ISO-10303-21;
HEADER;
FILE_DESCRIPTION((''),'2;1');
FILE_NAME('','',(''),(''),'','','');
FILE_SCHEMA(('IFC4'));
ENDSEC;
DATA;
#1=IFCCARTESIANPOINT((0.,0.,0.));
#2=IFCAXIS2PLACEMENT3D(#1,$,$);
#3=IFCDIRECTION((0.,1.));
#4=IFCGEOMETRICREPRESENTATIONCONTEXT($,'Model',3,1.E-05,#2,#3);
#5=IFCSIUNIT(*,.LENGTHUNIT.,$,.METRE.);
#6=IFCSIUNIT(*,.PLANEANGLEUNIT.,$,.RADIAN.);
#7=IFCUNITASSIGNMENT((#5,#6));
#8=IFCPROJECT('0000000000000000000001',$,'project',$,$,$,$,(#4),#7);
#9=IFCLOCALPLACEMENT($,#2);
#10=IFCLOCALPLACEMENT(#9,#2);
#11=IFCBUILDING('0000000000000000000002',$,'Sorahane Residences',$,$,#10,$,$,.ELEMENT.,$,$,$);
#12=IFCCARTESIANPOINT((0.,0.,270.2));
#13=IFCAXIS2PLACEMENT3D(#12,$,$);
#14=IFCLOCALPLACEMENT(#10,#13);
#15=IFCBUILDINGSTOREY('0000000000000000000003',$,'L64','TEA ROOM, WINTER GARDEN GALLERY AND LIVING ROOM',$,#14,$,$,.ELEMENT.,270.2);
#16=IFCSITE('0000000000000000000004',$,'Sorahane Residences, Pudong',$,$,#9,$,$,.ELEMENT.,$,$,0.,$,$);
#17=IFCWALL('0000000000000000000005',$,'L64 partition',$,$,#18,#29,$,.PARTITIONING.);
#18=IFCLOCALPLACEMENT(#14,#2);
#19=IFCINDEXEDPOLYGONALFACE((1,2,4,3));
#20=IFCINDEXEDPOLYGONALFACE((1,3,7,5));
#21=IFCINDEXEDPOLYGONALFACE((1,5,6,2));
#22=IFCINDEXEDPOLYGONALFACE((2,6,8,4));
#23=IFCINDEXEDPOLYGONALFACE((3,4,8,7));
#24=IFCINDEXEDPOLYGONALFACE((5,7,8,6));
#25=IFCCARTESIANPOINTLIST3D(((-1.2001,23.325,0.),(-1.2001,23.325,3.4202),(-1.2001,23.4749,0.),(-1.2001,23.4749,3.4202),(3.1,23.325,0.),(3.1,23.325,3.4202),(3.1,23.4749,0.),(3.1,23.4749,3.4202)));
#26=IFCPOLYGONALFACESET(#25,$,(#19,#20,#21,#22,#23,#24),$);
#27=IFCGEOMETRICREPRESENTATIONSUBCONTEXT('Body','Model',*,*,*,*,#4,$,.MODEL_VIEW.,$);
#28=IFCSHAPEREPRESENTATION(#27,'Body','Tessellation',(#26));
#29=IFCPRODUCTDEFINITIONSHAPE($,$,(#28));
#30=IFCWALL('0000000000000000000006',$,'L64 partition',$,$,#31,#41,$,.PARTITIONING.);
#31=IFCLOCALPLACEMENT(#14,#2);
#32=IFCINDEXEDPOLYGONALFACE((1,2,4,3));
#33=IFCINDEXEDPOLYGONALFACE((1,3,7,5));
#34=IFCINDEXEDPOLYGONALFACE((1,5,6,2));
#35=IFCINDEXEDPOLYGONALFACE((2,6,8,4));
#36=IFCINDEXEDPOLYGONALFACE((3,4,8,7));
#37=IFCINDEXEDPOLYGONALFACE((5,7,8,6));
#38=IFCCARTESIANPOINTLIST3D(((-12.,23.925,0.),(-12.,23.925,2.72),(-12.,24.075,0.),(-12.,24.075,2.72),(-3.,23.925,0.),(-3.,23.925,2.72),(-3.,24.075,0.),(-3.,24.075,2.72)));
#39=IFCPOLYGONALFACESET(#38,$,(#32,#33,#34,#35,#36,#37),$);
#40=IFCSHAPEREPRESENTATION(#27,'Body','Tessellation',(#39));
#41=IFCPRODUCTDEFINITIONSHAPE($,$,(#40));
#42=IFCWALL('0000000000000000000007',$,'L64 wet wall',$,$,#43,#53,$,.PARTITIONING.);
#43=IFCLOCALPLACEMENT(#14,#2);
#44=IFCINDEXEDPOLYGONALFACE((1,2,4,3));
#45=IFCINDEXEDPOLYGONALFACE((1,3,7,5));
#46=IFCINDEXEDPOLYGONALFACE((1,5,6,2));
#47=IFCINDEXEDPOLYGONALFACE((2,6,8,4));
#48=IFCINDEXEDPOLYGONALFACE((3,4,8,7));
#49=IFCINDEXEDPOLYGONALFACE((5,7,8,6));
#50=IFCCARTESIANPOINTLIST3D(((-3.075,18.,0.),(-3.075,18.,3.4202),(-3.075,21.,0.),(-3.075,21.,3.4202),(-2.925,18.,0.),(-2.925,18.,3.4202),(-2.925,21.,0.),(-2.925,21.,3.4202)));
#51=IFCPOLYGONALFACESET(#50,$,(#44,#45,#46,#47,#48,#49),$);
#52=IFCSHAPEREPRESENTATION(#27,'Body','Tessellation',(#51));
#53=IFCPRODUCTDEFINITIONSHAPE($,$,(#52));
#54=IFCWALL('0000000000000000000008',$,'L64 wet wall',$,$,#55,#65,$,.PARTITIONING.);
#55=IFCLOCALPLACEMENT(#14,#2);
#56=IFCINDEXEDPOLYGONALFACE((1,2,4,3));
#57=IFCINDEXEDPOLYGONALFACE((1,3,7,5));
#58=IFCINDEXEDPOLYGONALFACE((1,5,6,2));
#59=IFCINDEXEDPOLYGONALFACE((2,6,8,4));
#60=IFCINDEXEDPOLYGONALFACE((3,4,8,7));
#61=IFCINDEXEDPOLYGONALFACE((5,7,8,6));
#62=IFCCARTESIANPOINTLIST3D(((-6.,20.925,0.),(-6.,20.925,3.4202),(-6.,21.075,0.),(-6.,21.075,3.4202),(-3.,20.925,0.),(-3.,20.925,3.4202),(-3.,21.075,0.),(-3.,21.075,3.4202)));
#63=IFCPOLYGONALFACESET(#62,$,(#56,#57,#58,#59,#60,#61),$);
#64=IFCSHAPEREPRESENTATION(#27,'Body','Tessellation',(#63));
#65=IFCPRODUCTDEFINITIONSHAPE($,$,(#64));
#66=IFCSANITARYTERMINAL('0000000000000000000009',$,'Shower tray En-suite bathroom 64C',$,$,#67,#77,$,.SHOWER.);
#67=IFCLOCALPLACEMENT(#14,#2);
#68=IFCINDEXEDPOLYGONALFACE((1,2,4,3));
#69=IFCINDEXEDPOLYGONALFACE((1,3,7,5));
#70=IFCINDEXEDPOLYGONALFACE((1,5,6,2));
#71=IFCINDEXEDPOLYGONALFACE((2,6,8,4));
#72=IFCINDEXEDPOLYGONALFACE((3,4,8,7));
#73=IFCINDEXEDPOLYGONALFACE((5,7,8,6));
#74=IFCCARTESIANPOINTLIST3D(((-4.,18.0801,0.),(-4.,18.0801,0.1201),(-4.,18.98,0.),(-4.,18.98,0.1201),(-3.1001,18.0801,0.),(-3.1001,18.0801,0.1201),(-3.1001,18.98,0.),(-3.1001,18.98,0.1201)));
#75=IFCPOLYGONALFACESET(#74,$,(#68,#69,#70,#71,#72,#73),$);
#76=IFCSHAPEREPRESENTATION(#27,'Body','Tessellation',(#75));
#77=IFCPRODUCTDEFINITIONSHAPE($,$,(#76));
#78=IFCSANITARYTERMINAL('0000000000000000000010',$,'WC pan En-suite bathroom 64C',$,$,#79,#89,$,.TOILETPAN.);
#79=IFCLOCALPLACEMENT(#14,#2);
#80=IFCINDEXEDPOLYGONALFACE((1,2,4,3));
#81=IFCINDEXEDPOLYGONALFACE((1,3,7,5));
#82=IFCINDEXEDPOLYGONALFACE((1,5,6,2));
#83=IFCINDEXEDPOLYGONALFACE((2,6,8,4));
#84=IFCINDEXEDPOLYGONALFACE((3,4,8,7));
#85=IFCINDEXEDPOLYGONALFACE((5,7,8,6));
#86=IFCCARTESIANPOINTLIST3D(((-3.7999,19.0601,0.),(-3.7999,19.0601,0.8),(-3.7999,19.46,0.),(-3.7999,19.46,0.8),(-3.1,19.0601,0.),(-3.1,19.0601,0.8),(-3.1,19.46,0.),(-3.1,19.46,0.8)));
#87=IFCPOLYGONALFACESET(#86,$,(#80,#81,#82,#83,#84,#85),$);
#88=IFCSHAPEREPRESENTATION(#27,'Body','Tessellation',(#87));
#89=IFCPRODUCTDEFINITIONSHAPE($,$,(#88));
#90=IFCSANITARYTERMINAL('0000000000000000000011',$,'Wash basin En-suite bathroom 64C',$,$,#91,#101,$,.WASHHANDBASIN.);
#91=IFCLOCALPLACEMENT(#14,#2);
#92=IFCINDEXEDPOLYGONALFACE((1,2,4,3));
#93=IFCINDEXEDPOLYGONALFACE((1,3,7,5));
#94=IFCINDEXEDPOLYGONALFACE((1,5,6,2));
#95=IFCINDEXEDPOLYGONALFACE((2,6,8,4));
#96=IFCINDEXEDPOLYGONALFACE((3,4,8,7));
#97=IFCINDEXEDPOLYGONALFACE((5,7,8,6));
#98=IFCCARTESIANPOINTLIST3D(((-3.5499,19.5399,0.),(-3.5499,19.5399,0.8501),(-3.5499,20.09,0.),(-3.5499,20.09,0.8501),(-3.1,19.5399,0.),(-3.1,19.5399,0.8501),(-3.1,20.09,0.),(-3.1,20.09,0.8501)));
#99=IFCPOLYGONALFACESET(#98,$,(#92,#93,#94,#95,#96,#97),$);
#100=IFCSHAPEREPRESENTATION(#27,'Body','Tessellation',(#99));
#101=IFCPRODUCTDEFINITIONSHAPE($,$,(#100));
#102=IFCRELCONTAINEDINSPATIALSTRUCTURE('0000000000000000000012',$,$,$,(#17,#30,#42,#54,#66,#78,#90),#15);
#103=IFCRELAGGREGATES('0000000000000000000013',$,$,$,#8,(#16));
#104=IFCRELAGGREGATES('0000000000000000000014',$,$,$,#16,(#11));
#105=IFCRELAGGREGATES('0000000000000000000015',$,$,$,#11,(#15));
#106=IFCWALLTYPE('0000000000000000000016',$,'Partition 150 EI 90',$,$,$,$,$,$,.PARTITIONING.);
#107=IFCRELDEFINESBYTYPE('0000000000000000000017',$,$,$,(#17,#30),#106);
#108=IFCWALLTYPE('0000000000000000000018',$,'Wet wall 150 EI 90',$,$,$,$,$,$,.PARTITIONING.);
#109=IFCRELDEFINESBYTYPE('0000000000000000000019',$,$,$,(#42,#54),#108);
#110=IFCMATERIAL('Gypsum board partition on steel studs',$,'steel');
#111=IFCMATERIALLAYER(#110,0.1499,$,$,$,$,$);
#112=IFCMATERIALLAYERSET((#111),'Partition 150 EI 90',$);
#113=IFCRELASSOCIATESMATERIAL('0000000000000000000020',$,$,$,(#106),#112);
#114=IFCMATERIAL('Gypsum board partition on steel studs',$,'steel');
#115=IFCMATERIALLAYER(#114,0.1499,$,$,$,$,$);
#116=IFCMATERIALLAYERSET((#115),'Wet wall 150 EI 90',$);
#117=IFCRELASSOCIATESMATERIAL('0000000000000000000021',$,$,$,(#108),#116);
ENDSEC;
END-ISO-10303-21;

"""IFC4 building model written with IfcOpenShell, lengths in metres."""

from ifc_helpers import new_model, si_unit, direction, frame, frame_2d, origin, origin_2d, place, context, subcontext, project, spatial, rectangle, extrude, material, layer, layer_set, type_object, element, save


model = new_model("IFC4")

# Units and contexts
model_context = context("Model", 3, precision=1e-05, world=origin(), true_north=direction((0.0, 1.0)))
body_context = subcontext(model_context, "Body", "Model", "MODEL_VIEW")
ifc_project = project(units=[si_unit("LENGTHUNIT", "METRE"), si_unit("PLANEANGLEUNIT", "RADIAN")], contexts=[model_context])

# Site, building, storey
site_placement = place(None, origin())
site = spatial("IfcSite", under=ifc_project, at=site_placement, Name="Sorahane Residences, Pudong", CompositionType="ELEMENT", RefElevation=0.0)
building_placement = place(site_placement, origin())
building = spatial("IfcBuilding", under=site, at=building_placement, Name="Sorahane Residences", CompositionType="ELEMENT")
storey_placement = place(building_placement, frame((0.0, 0.0, 270.2)))
storey = spatial("IfcBuildingStorey", under=building, at=storey_placement, Name="L64", Description="TEA ROOM, WINTER GARDEN GALLERY AND LIVING ROOM", CompositionType="ELEMENT", Elevation=270.2)

# Shared definitions
ifc_material_1 = material(Name="Gypsum board partition on steel studs", Category="steel")
ifc_layer_1 = layer(ifc_material_1, 0.1499)
ifc_layer_set_1 = layer_set([ifc_layer_1], Name="Partition 150 EI 90")
wall_type_1 = type_object("IfcWallType", Name="Partition 150 EI 90", PredefinedType="PARTITIONING", material=ifc_layer_set_1)

# Walls
wall_1_placement = place(storey_placement, frame((-1.2, 23.3999, 0.0), z_axis=(0.0, 0.0, 1.0), x_axis=(1.0, 0.0, 0.0)))
element("IfcWall", 1, at=wall_1_placement, inside=storey, type_object=wall_type_1, Name="L64 partition", PredefinedType="PARTITIONING", context=body_context, shape_type="SweptSolid", body=[
    extrude(rectangle(XDim=4.3, YDim=0.1499, at=frame_2d((2.1499, 0.0))), origin(), (0.0, 0.0, 1.0), 3.4202),
])
wall_2_placement = place(storey_placement, frame((-12.0, 24.0, 0.0), z_axis=(0.0, 0.0, 1.0), x_axis=(1.0, 0.0, 0.0)))
element("IfcWall", 2, at=wall_2_placement, inside=storey, type_object=wall_type_1, Name="L64 partition", PredefinedType="PARTITIONING", context=body_context, shape_type="SweptSolid", body=[
    extrude(rectangle(XDim=9.0, YDim=0.1499, at=frame_2d((4.5, 0.0))), origin(), (0.0, 0.0, 1.0), 2.72),
])
ifc_material_2 = material(Name="Gypsum board partition on steel studs", Category="steel")
ifc_layer_2 = layer(ifc_material_2, 0.1499)
ifc_layer_set_2 = layer_set([ifc_layer_2], Name="Wet wall 150 EI 90")
wall_type_2 = type_object("IfcWallType", Name="Wet wall 150 EI 90", PredefinedType="PARTITIONING", material=ifc_layer_set_2)
for number, where, z_axis, x_axis, name in (
    (3, (-3.0, 18.0, 0.0), (0.0, 0.0, 1.0), (0.0, 1.0, 0.0), "L64 wet wall"),
    (4, (-6.0, 21.0, 0.0), (0.0, 0.0, 1.0), (1.0, 0.0, 0.0), "L64 wet wall"),
):
    element("IfcWall", number, at=place(storey_placement, frame(where, z_axis=z_axis, x_axis=x_axis)), inside=storey, type_object=wall_type_2, Name=name, PredefinedType="PARTITIONING", context=body_context, shape_type="SweptSolid", body=[
        extrude(rectangle(XDim=3.0, YDim=0.1499, at=frame_2d((1.5, 0.0))), origin(), (0.0, 0.0, 1.0), 3.4202),
    ])

# Sanitary terminals
sanitary_terminal_1_placement = place(storey_placement, frame((-3.55, 18.53, 0.0), z_axis=(0.0, 0.0, 1.0), x_axis=(0.0, -1.0, 0.0)))
element("IfcSanitaryTerminal", 5, at=sanitary_terminal_1_placement, inside=storey, Name="Shower tray En-suite bathroom 64C", PredefinedType="SHOWER", context=body_context, shape_type="SweptSolid", body=[
    extrude(rectangle(XDim=0.8999, YDim=0.8999, at=origin_2d()), origin(), (0.0, 0.0, 1.0), 0.1201),
])
sanitary_terminal_2_placement = place(storey_placement, frame((-3.45, 19.26, 0.0), z_axis=(0.0, 0.0, 1.0), x_axis=(0.0, -1.0, 0.0)))
element("IfcSanitaryTerminal", 6, at=sanitary_terminal_2_placement, inside=storey, Name="WC pan En-suite bathroom 64C", PredefinedType="TOILETPAN", context=body_context, shape_type="SweptSolid", body=[
    extrude(rectangle(XDim=0.3999, YDim=0.7, at=origin_2d()), origin(), (0.0, 0.0, 1.0), 0.8),
])
sanitary_terminal_3_placement = place(storey_placement, frame((-3.325, 19.8149, 0.0), z_axis=(0.0, 0.0, 1.0), x_axis=(0.0, -1.0, 0.0)))
element("IfcSanitaryTerminal", 7, at=sanitary_terminal_3_placement, inside=storey, Name="Wash basin En-suite bathroom 64C", PredefinedType="WASHHANDBASIN", context=body_context, shape_type="SweptSolid", body=[
    extrude(rectangle(XDim=0.55, YDim=0.45, at=origin_2d()), origin(), (0.0, 0.0, 1.0), 0.8501),
])

save(model, "model.ifc")
